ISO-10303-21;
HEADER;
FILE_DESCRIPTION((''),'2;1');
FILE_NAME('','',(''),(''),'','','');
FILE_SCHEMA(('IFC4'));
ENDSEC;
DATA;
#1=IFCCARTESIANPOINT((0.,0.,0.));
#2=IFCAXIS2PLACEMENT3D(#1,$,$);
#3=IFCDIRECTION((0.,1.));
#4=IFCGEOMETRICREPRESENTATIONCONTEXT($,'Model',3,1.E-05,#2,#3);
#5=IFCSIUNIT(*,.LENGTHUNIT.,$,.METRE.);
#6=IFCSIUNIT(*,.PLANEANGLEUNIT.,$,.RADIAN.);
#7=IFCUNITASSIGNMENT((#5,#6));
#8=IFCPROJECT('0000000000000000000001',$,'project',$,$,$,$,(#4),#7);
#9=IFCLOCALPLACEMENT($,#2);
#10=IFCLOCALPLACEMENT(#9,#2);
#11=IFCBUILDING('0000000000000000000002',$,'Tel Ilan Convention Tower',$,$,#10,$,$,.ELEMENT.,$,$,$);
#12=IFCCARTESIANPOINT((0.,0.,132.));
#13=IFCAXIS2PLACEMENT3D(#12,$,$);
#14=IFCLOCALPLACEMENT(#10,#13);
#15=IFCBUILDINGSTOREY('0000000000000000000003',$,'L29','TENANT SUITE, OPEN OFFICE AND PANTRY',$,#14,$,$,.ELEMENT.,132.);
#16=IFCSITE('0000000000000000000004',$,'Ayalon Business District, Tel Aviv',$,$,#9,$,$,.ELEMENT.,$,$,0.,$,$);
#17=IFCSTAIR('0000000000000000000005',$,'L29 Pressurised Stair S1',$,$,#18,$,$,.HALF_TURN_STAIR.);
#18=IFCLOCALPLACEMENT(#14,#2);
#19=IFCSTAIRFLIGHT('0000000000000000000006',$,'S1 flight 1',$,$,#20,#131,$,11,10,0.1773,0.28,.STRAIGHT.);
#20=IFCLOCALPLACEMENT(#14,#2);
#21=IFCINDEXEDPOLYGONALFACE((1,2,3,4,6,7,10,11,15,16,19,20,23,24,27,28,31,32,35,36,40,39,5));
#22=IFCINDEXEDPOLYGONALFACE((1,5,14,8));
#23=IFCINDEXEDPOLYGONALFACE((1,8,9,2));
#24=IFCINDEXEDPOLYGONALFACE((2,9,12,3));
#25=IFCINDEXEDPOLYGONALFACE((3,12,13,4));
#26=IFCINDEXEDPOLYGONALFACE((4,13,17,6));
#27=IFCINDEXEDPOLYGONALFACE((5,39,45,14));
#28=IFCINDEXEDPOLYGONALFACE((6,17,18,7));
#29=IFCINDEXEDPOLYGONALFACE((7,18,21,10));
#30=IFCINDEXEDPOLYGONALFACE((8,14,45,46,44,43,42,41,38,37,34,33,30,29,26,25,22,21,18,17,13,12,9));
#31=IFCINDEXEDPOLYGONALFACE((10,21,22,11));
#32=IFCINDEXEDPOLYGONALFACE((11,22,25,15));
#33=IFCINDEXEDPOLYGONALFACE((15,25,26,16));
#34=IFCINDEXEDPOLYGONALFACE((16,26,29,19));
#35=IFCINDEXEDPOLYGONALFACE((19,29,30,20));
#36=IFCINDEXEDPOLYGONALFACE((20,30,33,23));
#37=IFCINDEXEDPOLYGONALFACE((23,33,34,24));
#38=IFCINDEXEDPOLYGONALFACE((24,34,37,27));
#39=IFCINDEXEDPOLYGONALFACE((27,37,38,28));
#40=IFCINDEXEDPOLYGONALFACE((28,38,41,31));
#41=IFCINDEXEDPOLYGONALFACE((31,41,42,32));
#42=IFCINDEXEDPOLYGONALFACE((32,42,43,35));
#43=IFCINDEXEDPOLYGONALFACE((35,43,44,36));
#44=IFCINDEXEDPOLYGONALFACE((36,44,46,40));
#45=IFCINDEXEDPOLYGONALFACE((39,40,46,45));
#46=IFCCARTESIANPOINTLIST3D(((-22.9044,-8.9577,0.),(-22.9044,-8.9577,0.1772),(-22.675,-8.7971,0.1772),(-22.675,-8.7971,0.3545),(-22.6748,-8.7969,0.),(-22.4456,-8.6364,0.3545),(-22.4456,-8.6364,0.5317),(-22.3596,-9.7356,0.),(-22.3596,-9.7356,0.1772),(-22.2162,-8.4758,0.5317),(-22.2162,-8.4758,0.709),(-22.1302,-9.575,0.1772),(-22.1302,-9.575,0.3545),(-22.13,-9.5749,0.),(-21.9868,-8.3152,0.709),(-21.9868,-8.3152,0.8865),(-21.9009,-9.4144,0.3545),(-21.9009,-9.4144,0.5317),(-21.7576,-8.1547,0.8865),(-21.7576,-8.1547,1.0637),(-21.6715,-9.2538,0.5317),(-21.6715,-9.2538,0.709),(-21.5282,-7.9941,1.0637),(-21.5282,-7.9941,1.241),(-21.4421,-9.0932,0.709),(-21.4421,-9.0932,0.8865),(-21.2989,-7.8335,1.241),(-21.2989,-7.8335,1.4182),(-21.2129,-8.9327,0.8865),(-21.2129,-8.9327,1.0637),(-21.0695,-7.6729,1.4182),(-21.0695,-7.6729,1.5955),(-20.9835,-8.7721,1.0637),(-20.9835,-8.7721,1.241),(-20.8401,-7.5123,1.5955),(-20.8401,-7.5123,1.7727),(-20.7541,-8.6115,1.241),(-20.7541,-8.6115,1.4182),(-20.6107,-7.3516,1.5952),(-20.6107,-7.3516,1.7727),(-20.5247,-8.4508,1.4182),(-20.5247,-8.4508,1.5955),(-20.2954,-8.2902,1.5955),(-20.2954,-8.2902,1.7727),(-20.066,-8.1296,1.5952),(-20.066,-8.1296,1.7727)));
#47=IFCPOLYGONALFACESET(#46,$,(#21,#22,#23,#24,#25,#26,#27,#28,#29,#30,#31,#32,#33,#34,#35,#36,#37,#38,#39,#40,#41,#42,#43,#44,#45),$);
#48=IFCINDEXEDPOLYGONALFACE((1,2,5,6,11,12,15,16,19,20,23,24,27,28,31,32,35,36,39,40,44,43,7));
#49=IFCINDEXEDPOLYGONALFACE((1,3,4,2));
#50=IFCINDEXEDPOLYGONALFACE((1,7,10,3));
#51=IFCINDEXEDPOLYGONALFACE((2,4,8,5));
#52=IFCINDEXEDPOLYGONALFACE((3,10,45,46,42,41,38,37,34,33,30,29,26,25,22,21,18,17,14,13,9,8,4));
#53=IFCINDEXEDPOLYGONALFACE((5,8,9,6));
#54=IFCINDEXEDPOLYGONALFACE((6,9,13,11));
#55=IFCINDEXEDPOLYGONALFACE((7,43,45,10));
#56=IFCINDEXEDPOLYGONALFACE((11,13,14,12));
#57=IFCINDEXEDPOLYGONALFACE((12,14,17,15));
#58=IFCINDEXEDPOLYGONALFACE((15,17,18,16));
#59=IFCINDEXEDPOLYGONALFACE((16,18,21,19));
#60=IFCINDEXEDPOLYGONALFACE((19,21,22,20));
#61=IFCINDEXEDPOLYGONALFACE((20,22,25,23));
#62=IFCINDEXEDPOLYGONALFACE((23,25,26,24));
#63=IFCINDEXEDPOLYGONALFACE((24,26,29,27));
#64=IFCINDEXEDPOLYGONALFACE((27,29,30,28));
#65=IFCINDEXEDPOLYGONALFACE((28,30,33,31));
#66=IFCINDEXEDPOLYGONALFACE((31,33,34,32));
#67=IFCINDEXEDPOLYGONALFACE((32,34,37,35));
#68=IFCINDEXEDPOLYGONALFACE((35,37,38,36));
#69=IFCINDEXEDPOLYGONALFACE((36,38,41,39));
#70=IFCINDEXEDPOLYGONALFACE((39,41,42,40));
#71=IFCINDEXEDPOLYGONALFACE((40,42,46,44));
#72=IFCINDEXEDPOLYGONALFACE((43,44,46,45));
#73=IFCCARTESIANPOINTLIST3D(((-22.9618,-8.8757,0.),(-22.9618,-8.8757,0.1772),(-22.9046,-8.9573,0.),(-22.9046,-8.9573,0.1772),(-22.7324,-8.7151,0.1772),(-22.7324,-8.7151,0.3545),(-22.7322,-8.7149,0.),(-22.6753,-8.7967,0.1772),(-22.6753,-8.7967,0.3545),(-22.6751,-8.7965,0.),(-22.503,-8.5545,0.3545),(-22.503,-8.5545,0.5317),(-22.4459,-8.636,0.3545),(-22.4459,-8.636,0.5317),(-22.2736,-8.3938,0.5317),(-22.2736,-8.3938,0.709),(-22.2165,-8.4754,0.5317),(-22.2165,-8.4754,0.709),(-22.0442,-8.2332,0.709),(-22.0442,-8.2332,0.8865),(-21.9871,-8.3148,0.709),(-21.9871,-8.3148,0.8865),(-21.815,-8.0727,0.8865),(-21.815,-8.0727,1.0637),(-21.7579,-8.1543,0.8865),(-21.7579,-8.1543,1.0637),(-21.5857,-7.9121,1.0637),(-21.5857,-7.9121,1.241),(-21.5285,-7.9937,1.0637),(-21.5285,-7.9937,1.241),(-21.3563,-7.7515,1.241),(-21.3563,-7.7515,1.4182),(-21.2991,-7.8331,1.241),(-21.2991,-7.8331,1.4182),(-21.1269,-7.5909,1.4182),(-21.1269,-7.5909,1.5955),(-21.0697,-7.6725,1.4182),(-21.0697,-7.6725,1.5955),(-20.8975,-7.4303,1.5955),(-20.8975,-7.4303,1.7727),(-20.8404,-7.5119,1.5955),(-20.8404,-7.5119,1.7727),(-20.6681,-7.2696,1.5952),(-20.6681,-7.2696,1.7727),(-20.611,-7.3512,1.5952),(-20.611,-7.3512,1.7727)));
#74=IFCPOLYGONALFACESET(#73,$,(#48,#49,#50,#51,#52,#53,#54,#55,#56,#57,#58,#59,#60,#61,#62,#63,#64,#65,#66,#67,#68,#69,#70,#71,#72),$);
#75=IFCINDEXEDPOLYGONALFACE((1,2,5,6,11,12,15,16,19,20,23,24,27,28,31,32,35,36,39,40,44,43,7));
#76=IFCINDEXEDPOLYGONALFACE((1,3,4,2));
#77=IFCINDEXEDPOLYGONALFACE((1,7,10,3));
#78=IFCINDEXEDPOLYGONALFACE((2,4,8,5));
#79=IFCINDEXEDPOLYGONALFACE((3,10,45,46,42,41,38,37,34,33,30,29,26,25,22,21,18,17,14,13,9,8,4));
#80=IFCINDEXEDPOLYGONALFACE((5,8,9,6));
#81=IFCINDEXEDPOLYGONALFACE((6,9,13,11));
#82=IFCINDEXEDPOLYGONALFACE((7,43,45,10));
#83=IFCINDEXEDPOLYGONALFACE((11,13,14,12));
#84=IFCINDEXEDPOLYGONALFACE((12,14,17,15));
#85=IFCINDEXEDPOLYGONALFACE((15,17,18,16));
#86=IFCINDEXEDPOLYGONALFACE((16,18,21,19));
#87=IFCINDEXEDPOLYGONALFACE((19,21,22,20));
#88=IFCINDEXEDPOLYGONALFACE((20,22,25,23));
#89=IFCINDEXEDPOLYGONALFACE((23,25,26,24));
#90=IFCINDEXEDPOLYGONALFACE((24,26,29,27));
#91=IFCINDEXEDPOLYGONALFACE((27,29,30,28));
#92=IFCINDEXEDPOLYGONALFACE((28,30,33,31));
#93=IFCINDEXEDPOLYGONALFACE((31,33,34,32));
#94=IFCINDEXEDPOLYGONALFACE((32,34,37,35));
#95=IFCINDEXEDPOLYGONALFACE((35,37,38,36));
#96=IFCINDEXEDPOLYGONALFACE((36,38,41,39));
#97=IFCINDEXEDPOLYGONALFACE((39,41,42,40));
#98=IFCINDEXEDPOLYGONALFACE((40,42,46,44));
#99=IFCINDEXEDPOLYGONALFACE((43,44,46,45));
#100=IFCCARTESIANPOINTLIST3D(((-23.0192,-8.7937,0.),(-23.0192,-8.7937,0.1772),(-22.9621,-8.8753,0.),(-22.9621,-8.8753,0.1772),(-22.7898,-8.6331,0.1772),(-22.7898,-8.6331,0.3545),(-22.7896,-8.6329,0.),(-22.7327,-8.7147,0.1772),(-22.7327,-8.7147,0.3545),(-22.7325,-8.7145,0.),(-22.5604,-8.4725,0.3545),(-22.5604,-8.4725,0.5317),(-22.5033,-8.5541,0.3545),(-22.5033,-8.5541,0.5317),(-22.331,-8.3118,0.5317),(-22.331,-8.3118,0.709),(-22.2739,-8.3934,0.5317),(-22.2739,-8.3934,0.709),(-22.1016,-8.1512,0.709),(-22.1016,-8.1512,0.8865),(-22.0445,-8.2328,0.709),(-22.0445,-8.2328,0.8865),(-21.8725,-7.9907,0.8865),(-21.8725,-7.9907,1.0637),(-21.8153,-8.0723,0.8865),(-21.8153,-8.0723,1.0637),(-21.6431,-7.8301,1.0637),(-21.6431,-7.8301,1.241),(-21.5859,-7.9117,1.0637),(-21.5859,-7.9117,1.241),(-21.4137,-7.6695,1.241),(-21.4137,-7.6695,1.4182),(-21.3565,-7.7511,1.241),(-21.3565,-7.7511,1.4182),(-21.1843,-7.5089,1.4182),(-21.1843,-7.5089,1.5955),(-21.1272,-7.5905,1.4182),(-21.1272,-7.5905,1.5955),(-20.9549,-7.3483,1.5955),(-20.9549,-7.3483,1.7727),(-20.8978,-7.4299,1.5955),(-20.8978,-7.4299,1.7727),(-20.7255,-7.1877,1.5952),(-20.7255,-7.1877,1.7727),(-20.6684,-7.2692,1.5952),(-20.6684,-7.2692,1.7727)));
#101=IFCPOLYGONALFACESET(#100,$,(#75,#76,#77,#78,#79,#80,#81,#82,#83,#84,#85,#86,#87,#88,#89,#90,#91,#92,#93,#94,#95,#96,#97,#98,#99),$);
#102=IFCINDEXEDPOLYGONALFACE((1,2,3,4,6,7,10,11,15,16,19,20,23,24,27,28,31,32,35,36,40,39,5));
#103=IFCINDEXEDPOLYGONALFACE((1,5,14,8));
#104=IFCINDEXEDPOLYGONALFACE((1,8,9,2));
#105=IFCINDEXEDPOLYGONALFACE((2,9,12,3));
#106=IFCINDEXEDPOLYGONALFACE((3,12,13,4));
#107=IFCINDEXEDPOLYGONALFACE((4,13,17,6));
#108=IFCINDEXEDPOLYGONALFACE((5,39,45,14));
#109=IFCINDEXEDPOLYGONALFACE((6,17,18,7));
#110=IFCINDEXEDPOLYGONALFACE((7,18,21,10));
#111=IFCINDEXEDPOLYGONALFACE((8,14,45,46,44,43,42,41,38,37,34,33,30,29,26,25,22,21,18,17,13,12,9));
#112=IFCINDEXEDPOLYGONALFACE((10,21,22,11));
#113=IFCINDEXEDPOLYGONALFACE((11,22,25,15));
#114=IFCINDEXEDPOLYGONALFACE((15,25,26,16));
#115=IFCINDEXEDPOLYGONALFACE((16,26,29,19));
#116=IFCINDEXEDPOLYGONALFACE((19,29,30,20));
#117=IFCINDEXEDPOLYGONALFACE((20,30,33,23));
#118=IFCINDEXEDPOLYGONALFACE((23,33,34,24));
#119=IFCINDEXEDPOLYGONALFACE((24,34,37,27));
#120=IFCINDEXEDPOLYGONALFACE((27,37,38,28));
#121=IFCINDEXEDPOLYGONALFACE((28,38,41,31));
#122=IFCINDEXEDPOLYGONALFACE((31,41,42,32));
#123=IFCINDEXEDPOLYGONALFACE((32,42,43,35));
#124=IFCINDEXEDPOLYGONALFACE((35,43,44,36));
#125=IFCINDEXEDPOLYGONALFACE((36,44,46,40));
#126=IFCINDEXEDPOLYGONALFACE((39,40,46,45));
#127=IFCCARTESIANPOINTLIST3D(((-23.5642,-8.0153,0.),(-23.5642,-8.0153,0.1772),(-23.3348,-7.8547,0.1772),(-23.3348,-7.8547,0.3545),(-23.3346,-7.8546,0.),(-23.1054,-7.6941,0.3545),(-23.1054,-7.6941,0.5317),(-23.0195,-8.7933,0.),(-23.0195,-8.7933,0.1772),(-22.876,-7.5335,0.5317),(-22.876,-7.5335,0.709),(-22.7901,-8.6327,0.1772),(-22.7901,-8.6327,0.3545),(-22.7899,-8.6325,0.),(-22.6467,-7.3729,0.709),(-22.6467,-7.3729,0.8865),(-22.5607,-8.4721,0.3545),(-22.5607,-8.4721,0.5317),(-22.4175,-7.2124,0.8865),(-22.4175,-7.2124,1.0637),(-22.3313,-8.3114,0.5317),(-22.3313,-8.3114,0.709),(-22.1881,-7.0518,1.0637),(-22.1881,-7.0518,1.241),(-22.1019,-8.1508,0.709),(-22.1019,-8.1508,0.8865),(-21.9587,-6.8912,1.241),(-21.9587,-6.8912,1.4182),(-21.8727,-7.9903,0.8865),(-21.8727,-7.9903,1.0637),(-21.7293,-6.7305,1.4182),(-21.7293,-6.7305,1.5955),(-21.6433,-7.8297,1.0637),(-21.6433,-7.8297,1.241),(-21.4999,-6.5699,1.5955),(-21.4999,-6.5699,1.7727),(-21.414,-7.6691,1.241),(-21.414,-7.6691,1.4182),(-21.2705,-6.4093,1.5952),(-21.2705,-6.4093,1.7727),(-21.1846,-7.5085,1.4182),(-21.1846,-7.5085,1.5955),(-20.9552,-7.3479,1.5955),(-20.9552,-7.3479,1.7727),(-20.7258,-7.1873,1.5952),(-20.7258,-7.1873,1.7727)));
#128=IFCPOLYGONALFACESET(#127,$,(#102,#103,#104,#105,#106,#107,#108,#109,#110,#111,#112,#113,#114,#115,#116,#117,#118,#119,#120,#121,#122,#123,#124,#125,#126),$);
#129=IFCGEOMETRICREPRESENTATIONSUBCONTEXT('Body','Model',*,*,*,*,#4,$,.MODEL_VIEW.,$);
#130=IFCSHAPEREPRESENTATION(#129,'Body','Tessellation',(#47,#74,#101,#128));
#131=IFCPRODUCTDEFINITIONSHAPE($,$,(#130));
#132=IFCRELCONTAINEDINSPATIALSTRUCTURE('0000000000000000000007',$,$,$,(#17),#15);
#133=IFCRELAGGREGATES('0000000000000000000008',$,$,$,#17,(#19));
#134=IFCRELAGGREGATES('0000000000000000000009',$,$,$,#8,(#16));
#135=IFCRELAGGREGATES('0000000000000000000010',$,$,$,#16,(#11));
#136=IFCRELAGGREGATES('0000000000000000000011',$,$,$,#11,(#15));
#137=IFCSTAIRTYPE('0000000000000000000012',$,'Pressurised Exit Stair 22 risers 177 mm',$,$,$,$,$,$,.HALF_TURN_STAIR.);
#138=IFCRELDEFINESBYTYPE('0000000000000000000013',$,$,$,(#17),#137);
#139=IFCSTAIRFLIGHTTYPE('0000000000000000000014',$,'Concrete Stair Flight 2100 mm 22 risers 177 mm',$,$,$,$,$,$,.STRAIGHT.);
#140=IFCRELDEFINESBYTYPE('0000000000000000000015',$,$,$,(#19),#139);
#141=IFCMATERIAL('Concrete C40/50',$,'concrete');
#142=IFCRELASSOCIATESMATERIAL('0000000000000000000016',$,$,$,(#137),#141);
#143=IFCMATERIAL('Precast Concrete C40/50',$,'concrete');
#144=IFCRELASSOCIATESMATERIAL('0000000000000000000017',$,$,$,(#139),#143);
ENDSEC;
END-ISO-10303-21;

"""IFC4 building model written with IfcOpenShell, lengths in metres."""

from ifc_helpers import new_model, si_unit, direction, frame, origin, place, context, subcontext, project, spatial, polyline, outline, extrude, material, type_object, element, aggregate, save


model = new_model("IFC4")

# Units and contexts
model_context = context("Model", 3, precision=1e-05, world=origin(), true_north=direction((0.0, 1.0)))
body_context = subcontext(model_context, "Body", "Model", "MODEL_VIEW")
ifc_project = project(units=[si_unit("LENGTHUNIT", "METRE"), si_unit("PLANEANGLEUNIT", "RADIAN")], contexts=[model_context])

# Site, building, storey
site_placement = place(None, origin())
site = spatial("IfcSite", under=ifc_project, at=site_placement, Name="Ayalon Business District, Tel Aviv", CompositionType="ELEMENT", RefElevation=0.0)
building_placement = place(site_placement, origin())
building = spatial("IfcBuilding", under=site, at=building_placement, Name="Tel Ilan Convention Tower", CompositionType="ELEMENT")
storey_placement = place(building_placement, frame((0.0, 0.0, 132.0)))
storey = spatial("IfcBuildingStorey", under=building, at=storey_placement, Name="L29", Description="TENANT SUITE, OPEN OFFICE AND PANTRY", CompositionType="ELEMENT", Elevation=132.0)

# Stair, stair flight
ifc_material_1 = material(Name="Concrete C40/50", Category="concrete")
stair_type = type_object("IfcStairType", Name="Pressurised Exit Stair 22 risers 177 mm", PredefinedType="HALF_TURN_STAIR", material=ifc_material_1)
stair_1_placement = place(storey_placement, origin())
stair_1 = element("IfcStair", 1, at=stair_1_placement, inside=storey, type_object=stair_type, Name="L29 Pressurised Stair S1", PredefinedType="HALF_TURN_STAIR")
ifc_material_2 = material(Name="Precast Concrete C40/50", Category="concrete")
stair_flight_type = type_object("IfcStairFlightType", Name="Concrete Stair Flight 2100 mm 22 risers 177 mm", PredefinedType="STRAIGHT", material=ifc_material_2)
stair_flight_1_placement = place(storey_placement, frame((-22.9619, -8.8755, 0.0), z_axis=(0.0, 0.0, 1.0), x_axis=(0.819152, 0.573576, 0.0)))
stair_flight_1 = element("IfcStairFlight", 2, at=stair_flight_1_placement, type_object=stair_flight_type, Name="S1 flight 1", NumberOfRisers=11, NumberOfTreads=10, PredefinedType="STRAIGHT", RiserHeight=0.1773, TreadLength=0.28, context=body_context, shape_type="SweptSolid", body=[
    extrude(outline(polyline([(0.0, 0.0), (0.0, 0.1772), (0.28, 0.1772), (0.28, 0.3545), (0.5601, 0.3545), (0.5601, 0.5317), (0.8401, 0.5317), (0.8401, 0.709), (1.1201, 0.709), (1.1201, 0.8865), (1.3999, 0.8865), (1.3999, 1.0637), (1.6799, 1.0637), (1.6799, 1.241), (1.96, 1.241), (1.96, 1.4182), (2.24, 1.4182), (2.24, 1.5955), (2.52, 1.5955), (2.52, 1.7727), (2.8, 1.7727), (2.8, 1.95), (2.8, 1.5952), (0.2803, 0.0), (0.0, 0.0)])), frame((0.0, -0.1003, 0.0), z_axis=(0.0, -1.0, 0.0), x_axis=(1.0, 0.0, 0.0)), (0.0, 0.0, 1.0), 0.9497),
    extrude(outline(polyline([(0.0, 0.0), (0.0, 0.1772), (0.28, 0.1772), (0.28, 0.3545), (0.5601, 0.3545), (0.5601, 0.5317), (0.8401, 0.5317), (0.8401, 0.709), (1.1201, 0.709), (1.1201, 0.8865), (1.3999, 0.8865), (1.3999, 1.0637), (1.6799, 1.0637), (1.6799, 1.241), (1.96, 1.241), (1.96, 1.4182), (2.24, 1.4182), (2.24, 1.5955), (2.52, 1.5955), (2.52, 1.7727), (2.8, 1.7727), (2.8, 1.95), (2.8, 1.5952), (0.2803, 0.0), (0.0, 0.0)])), frame((0.0, -0.0002, 0.0), z_axis=(0.0, -1.0, 0.0), x_axis=(1.0, 0.0, 0.0)), (0.0, 0.0, 1.0), 0.0996),
    extrude(outline(polyline([(0.0, 0.0), (0.0, 0.1772), (0.28, 0.1772), (0.28, 0.3545), (0.5601, 0.3545), (0.5601, 0.5317), (0.8401, 0.5317), (0.8401, 0.709), (1.1201, 0.709), (1.1201, 0.8865), (1.3999, 0.8865), (1.3999, 1.0637), (1.6799, 1.0637), (1.6799, 1.241), (1.96, 1.241), (1.96, 1.4182), (2.24, 1.4182), (2.24, 1.5955), (2.52, 1.5955), (2.52, 1.7727), (2.8, 1.7727), (2.8, 1.95), (2.8, 1.5952), (0.2803, 0.0), (0.0, 0.0)])), frame((0.0, 0.0999, 0.0), z_axis=(0.0, -1.0, 0.0), x_axis=(1.0, 0.0, 0.0)), (0.0, 0.0, 1.0), 0.0996),
    extrude(outline(polyline([(0.0, 0.0), (0.0, 0.1772), (0.28, 0.1772), (0.28, 0.3545), (0.5601, 0.3545), (0.5601, 0.5317), (0.8401, 0.5317), (0.8401, 0.709), (1.1201, 0.709), (1.1201, 0.8865), (1.3999, 0.8865), (1.3999, 1.0637), (1.6799, 1.0637), (1.6799, 1.241), (1.96, 1.241), (1.96, 1.4182), (2.24, 1.4182), (2.24, 1.5955), (2.52, 1.5955), (2.52, 1.7727), (2.8, 1.7727), (2.8, 1.95), (2.8, 1.5952), (0.2803, 0.0), (0.0, 0.0)])), frame((0.0, 1.05, 0.0), z_axis=(0.0, -1.0, 0.0), x_axis=(1.0, 0.0, 0.0)), (0.0, 0.0, 1.0), 0.9497),
])
aggregate(stair_1, [stair_flight_1])

save(model, "model.ifc")
